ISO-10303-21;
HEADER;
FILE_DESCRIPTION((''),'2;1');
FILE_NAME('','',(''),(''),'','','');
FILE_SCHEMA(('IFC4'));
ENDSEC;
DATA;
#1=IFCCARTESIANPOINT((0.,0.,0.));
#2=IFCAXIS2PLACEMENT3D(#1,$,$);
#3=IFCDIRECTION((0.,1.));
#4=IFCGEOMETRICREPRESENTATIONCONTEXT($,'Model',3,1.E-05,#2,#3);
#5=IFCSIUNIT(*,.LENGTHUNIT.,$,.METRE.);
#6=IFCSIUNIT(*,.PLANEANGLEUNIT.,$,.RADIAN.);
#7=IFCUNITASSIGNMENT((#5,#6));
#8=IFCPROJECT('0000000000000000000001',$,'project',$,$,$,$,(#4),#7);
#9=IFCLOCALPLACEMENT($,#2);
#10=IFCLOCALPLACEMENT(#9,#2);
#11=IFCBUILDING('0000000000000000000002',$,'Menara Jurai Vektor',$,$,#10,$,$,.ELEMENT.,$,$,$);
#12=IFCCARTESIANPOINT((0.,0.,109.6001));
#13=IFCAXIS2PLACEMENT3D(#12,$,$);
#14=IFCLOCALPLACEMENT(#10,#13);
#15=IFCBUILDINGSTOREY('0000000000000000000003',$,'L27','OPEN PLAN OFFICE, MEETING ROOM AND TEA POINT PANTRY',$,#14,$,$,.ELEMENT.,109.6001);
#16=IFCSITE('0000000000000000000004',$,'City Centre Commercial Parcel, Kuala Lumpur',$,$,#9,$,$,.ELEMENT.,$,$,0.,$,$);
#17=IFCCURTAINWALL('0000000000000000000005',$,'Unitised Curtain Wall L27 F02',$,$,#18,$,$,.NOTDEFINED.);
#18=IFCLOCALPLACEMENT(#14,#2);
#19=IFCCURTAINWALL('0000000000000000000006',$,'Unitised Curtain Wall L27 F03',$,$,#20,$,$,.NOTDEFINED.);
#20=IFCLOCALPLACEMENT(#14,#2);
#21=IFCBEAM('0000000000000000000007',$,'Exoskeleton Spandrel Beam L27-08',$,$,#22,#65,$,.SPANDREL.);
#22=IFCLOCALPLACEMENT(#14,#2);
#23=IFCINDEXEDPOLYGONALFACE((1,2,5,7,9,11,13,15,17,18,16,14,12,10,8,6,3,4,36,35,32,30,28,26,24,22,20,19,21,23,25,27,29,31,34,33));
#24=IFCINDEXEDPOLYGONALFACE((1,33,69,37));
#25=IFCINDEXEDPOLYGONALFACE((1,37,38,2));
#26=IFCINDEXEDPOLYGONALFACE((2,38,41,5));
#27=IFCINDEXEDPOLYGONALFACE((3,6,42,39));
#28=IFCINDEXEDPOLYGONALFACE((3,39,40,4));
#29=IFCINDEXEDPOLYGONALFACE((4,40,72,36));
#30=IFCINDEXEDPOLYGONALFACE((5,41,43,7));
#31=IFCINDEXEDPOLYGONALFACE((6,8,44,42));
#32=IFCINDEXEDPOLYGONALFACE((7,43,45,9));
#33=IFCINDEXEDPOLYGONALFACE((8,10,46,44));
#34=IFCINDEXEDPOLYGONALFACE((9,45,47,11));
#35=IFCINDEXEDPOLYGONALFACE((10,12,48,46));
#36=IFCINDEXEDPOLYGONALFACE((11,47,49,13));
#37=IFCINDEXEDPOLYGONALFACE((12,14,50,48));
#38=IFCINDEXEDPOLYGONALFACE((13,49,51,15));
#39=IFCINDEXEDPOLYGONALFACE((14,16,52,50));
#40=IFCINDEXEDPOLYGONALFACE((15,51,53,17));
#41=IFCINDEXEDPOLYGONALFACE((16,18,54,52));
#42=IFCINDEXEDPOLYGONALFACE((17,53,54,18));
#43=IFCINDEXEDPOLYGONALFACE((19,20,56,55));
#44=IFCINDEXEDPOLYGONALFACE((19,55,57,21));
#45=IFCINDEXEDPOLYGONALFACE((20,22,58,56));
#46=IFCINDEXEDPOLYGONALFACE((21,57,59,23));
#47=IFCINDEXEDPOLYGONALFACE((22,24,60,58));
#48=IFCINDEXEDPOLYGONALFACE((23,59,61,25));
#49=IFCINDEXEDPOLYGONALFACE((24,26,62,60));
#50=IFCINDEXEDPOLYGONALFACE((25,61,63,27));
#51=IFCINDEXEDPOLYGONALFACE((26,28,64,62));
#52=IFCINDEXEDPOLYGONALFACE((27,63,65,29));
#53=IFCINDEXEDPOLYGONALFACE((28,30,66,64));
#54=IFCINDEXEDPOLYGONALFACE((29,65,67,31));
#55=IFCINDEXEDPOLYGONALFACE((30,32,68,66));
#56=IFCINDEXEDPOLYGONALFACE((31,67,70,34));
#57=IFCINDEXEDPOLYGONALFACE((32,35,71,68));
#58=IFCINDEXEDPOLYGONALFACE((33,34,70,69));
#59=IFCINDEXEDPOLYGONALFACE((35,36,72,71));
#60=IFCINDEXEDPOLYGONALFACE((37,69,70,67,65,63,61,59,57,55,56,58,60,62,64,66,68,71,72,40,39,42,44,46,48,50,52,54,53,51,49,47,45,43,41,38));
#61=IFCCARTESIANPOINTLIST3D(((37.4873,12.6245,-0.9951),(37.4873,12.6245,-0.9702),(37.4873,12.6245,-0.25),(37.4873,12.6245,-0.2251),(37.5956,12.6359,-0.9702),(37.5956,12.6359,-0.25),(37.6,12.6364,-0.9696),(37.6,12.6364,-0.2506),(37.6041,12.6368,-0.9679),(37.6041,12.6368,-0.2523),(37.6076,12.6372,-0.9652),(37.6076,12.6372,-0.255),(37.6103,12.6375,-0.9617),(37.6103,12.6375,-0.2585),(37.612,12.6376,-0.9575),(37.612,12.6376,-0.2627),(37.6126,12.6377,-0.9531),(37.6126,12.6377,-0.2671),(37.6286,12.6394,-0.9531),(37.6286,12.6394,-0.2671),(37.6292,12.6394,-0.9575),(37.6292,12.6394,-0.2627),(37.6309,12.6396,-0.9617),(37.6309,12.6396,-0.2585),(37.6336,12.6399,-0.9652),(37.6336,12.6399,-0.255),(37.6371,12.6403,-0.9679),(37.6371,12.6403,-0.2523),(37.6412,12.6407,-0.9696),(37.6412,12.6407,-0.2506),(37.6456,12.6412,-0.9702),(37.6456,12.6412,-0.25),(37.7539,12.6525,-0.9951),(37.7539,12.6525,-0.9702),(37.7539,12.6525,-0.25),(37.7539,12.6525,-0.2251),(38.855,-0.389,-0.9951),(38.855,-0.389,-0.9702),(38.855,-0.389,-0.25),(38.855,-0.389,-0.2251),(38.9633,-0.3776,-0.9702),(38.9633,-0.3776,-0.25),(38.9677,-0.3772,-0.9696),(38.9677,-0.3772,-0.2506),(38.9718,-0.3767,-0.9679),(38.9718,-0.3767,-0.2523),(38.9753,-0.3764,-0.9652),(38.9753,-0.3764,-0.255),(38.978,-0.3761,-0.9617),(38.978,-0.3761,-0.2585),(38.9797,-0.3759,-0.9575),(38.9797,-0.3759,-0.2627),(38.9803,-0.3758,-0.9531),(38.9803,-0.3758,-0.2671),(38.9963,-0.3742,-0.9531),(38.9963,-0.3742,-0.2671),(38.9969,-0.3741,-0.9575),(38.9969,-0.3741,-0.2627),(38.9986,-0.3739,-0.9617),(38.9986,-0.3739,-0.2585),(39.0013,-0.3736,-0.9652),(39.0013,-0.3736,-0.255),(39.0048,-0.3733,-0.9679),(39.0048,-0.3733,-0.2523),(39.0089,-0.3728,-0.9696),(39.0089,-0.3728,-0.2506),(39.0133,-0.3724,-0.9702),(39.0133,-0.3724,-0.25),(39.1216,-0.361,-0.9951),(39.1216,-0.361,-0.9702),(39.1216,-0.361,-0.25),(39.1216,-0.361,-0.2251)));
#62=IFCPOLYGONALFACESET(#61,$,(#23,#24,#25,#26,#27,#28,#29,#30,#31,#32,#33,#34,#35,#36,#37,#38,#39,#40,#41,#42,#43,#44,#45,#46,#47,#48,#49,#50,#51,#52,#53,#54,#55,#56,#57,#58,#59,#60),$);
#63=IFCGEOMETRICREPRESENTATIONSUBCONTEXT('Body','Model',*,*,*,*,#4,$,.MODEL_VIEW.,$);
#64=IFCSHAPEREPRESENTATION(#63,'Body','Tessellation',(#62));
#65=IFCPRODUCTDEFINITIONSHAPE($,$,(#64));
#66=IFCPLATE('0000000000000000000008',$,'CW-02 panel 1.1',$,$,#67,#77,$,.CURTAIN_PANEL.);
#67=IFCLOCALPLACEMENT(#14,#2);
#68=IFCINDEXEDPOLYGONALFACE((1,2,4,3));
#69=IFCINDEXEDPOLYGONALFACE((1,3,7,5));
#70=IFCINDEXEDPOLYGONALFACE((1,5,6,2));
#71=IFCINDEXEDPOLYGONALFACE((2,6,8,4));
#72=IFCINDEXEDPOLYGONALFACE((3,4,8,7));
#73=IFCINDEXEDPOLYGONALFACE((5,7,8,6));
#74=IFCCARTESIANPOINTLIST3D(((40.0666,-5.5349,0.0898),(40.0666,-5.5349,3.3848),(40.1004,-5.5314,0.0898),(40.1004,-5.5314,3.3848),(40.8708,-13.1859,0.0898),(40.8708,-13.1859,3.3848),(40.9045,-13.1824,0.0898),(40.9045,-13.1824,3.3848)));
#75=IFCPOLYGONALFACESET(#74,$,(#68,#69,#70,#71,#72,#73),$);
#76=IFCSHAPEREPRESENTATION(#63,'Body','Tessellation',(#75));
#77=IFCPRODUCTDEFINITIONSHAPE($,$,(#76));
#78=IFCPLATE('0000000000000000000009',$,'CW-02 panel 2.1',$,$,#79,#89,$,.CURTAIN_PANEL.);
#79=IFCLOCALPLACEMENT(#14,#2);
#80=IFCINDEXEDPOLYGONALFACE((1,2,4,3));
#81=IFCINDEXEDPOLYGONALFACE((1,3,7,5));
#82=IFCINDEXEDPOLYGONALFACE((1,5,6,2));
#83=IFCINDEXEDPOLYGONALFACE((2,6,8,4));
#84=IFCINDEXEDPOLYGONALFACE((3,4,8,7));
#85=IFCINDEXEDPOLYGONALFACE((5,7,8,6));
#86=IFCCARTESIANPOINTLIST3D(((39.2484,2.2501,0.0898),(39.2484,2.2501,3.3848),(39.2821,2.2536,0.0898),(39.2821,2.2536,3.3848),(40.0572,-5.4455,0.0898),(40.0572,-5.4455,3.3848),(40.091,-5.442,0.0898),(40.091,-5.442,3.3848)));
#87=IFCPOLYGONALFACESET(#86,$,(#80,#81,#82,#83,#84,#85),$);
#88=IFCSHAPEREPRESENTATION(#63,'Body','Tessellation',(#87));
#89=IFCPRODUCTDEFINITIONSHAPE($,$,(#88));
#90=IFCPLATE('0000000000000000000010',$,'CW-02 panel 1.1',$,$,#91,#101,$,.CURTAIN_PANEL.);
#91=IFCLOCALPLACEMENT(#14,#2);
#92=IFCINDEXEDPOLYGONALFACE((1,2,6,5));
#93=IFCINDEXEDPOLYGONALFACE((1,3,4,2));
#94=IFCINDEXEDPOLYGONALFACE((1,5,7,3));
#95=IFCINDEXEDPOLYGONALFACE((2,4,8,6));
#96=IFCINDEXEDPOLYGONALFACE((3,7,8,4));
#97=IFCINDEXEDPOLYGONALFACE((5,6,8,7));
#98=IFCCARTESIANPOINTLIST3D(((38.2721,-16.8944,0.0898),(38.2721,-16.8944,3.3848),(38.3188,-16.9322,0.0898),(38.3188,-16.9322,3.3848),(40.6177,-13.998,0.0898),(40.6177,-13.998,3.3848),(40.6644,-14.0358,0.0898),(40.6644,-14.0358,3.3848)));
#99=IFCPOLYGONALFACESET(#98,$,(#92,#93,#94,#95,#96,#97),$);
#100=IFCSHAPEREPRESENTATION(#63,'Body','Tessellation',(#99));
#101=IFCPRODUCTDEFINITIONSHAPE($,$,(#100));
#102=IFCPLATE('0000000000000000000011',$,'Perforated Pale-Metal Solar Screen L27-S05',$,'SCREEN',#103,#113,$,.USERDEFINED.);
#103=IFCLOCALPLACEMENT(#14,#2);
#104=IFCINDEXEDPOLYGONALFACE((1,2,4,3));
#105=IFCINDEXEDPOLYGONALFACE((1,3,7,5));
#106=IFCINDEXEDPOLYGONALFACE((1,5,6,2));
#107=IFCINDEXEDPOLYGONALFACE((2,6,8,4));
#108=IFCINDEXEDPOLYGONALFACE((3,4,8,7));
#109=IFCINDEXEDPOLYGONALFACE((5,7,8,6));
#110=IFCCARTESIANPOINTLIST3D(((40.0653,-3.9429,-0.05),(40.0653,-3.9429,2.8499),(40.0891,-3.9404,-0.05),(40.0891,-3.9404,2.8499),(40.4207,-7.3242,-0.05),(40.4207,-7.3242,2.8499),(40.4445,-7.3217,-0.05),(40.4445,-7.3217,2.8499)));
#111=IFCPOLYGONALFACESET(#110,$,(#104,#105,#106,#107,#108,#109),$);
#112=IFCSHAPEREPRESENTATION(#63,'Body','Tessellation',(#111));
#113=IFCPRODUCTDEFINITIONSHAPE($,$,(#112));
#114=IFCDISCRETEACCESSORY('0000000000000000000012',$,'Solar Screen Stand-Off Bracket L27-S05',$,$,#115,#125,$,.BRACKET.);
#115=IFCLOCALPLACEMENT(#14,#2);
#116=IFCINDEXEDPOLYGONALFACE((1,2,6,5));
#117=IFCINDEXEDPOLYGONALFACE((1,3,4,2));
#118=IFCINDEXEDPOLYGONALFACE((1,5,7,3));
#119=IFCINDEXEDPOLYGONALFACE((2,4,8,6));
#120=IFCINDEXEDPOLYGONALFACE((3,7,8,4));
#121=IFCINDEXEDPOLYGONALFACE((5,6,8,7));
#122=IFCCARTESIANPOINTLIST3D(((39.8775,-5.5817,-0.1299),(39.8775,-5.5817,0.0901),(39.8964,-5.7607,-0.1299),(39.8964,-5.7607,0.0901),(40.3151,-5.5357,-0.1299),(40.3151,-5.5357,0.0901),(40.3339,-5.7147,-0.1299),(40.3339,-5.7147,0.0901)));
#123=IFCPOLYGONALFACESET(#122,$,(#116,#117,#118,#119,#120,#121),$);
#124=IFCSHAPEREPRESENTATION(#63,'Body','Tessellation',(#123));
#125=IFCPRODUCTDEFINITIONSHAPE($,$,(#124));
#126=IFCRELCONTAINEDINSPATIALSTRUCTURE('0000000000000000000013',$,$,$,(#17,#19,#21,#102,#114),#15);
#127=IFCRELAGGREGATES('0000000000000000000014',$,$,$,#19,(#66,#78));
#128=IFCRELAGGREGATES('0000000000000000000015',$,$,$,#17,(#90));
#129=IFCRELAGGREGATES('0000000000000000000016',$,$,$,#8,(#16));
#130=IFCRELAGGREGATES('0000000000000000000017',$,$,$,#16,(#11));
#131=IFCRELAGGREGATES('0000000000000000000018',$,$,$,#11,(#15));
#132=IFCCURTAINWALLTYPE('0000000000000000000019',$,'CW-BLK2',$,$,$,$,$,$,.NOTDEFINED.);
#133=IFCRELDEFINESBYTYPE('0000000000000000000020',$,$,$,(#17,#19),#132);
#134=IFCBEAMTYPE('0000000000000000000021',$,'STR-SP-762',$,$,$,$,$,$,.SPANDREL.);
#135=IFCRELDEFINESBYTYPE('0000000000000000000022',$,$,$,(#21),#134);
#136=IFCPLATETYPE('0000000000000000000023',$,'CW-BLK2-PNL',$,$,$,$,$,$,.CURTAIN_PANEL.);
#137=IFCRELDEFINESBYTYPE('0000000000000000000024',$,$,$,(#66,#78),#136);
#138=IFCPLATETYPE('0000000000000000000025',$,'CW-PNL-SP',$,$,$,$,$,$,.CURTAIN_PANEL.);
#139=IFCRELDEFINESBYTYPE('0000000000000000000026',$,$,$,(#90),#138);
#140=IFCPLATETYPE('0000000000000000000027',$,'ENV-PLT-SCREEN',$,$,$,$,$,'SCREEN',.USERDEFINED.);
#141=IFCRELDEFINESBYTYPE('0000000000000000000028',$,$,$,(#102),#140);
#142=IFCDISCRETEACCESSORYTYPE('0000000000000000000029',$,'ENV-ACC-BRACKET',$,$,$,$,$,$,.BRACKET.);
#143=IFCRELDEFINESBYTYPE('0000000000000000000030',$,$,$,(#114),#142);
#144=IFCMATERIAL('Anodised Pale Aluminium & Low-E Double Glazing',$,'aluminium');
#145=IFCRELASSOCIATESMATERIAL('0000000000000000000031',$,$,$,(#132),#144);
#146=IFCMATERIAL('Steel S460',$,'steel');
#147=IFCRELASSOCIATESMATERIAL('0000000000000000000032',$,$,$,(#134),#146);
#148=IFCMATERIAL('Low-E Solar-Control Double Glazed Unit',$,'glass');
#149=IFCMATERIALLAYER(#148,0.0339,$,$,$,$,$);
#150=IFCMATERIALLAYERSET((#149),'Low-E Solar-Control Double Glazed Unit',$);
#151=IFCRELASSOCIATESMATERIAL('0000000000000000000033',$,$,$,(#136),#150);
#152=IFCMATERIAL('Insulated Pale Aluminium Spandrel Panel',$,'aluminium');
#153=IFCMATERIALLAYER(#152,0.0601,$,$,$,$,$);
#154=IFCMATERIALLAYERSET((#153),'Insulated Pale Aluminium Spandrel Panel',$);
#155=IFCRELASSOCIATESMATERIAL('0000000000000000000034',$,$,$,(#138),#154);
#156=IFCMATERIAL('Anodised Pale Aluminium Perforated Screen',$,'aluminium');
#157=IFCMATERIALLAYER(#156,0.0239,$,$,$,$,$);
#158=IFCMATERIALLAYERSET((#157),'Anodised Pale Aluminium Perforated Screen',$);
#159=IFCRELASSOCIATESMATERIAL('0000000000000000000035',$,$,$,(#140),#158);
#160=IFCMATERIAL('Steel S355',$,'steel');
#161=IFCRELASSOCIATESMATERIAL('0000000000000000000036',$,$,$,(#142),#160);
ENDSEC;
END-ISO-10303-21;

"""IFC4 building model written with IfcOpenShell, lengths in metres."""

from ifc_helpers import new_model, si_unit, direction, frame, origin, origin_2d, place, context, subcontext, project, spatial, rectangle, i_section, extrude, material, layer, layer_set, material_profile, profile_set, type_object, element, aggregate, save


model = new_model("IFC4")

# Units and contexts
model_context = context("Model", 3, precision=1e-05, world=origin(), true_north=direction((0.0, 1.0)))
body_context = subcontext(model_context, "Body", "Model", "MODEL_VIEW")
ifc_project = project(units=[si_unit("LENGTHUNIT", "METRE"), si_unit("PLANEANGLEUNIT", "RADIAN")], contexts=[model_context])

# Site, building, storey
site_placement = place(None, origin())
site = spatial("IfcSite", under=ifc_project, at=site_placement, Name="City Centre Commercial Parcel, Kuala Lumpur", CompositionType="ELEMENT", RefElevation=0.0)
building_placement = place(site_placement, origin())
building = spatial("IfcBuilding", under=site, at=building_placement, Name="Menara Jurai Vektor", CompositionType="ELEMENT")
storey_placement = place(building_placement, frame((0.0, 0.0, 109.6001)))
storey = spatial("IfcBuildingStorey", under=building, at=storey_placement, Name="L27", Description="OPEN PLAN OFFICE, MEETING ROOM AND TEA POINT PANTRY", CompositionType="ELEMENT", Elevation=109.6001)

# Shared definitions
ifc_material_1 = material(Name="Steel S460", Category="steel")

# Curtain wall
ifc_material_2 = material(Name="Anodised Pale Aluminium & Low-E Double Glazing", Category="aluminium")
curtain_wall_type = type_object("IfcCurtainWallType", Name="CW-BLK2", PredefinedType="NOTDEFINED", material=ifc_material_2)
curtain_wall_1_placement = place(storey_placement, origin())
curtain_wall_1 = element("IfcCurtainWall", 1, at=curtain_wall_1_placement, inside=storey, type_object=curtain_wall_type, Name="Unitised Curtain Wall L27 F02", PredefinedType="NOTDEFINED")

# Curtain wall
curtain_wall_2_placement = place(storey_placement, origin())
curtain_wall_2 = element("IfcCurtainWall", 2, at=curtain_wall_2_placement, inside=storey, type_object=curtain_wall_type, Name="Unitised Curtain Wall L27 F03", PredefinedType="NOTDEFINED")

# Beam
ifc_material_3 = material(Name="Steel S355", Category="steel")
ifc_material_profile_1 = material_profile(ifc_material_1, i_section(OverallWidth=0.2681, OverallDepth=0.77, WebThickness=0.0161, FlangeThickness=0.0249, FilletRadius=0.0171, at=origin_2d()), Name="UKB 762x267x197")
ifc_profile_set_1 = profile_set([ifc_material_profile_1], Name="Steel S460")
beam_type_1 = type_object("IfcBeamType", Name="STR-SP-762", PredefinedType="SPANDREL", material=ifc_profile_set_1)
beam_1_placement = place(storey_placement, frame((38.9883, -0.375, -0.6101), z_axis=(-0.104522, 0.994523, 0.0), x_axis=(-0.994523, -0.104522, 0.0)))
element("IfcBeam", 3, at=beam_1_placement, inside=storey, type_object=beam_type_1, Name="Exoskeleton Spandrel Beam L27-08", PredefinedType="SPANDREL", context=body_context, shape_type="SweptSolid", body=[
    extrude(i_section(OverallWidth=0.2681, OverallDepth=0.77, WebThickness=0.0161, FlangeThickness=0.0249, FilletRadius=0.0171, at=origin_2d()), origin(), (0.0, 0.0, 1.0), 13.0852),
])

# Plates
ifc_material_4 = material(Name="Low-E Solar-Control Double Glazed Unit", Category="glass")
ifc_layer_1 = layer(ifc_material_4, 0.0339)
ifc_layer_set_1 = layer_set([ifc_layer_1], Name="Low-E Solar-Control Double Glazed Unit")
plate_type_1 = type_object("IfcPlateType", Name="CW-BLK2-PNL", PredefinedType="CURTAIN_PANEL", material=ifc_layer_set_1)
plate_1_placement = place(storey_placement, frame((40.4856, -9.3586, 0.0898), z_axis=(0.0, 0.0, 1.0), x_axis=(-0.10453, 0.994522, 0.0)))
plate_1 = element("IfcPlate", 4, at=plate_1_placement, type_object=plate_type_1, Name="CW-02 panel 1.1", PredefinedType="CURTAIN_PANEL", context=body_context, shape_type="SweptSolid", body=[
    extrude(rectangle(XDim=7.6931, YDim=0.0339, at=origin_2d()), origin(), (0.0, 0.0, 1.0), 3.2949),
])
plate_2_placement = place(storey_placement, frame((39.6697, -1.5959, 0.0898), z_axis=(0.0, 0.0, 1.0), x_axis=(-0.10453, 0.994522, 0.0)))
plate_2 = element("IfcPlate", 5, at=plate_2_placement, type_object=plate_type_1, Name="CW-02 panel 2.1", PredefinedType="CURTAIN_PANEL", context=body_context, shape_type="SweptSolid", body=[
    extrude(rectangle(XDim=7.738, YDim=0.0339, at=origin_2d()), origin(), (0.0, 0.0, 1.0), 3.2949),
])
aggregate(curtain_wall_2, [plate_1, plate_2])
ifc_material_5 = material(Name="Insulated Pale Aluminium Spandrel Panel", Category="aluminium")
ifc_layer_2 = layer(ifc_material_5, 0.0601)
ifc_layer_set_2 = layer_set([ifc_layer_2], Name="Insulated Pale Aluminium Spandrel Panel")
plate_type_2 = type_object("IfcPlateType", Name="CW-PNL-SP", PredefinedType="CURTAIN_PANEL", material=ifc_layer_set_2)
plate_3_placement = place(storey_placement, frame((39.4683, -15.4651, 0.0898), z_axis=(0.0, 0.0, 1.0), x_axis=(0.629341, 0.777129, 0.0)))
plate_3 = element("IfcPlate", 6, at=plate_3_placement, type_object=plate_type_2, Name="CW-02 panel 1.1", PredefinedType="CURTAIN_PANEL", context=body_context, shape_type="SweptSolid", body=[
    extrude(rectangle(XDim=3.7271, YDim=0.0601, at=origin_2d()), origin(), (0.0, 0.0, 1.0), 3.2949),
])
aggregate(curtain_wall_1, [plate_3])
ifc_material_6 = material(Name="Anodised Pale Aluminium Perforated Screen", Category="aluminium")
ifc_layer_3 = layer(ifc_material_6, 0.0239)
ifc_layer_set_3 = layer_set([ifc_layer_3], Name="Anodised Pale Aluminium Perforated Screen")
plate_type_3 = type_object("IfcPlateType", Name="ENV-PLT-SCREEN", ElementType="SCREEN", PredefinedType="USERDEFINED", material=ifc_layer_set_3)
plate_4_placement = place(storey_placement, frame((40.2549, -5.6323, -0.05), z_axis=(0.0, 0.0, 1.0), x_axis=(-0.104528, 0.994522, 0.0)))
element("IfcPlate", 7, at=plate_4_placement, inside=storey, type_object=plate_type_3, Name="Perforated Pale-Metal Solar Screen L27-S05", ObjectType="SCREEN", PredefinedType="USERDEFINED", context=body_context, shape_type="SweptSolid", body=[
    extrude(rectangle(XDim=3.3999, YDim=0.0239, at=origin_2d()), origin(), (0.0, 0.0, 1.0), 2.8999),
])

# Discrete accessory
discrete_accessory_type = type_object("IfcDiscreteAccessoryType", Name="ENV-ACC-BRACKET", PredefinedType="BRACKET", material=ifc_material_3)
discrete_accessory_placement = place(storey_placement, frame((40.1057, -5.6482, -0.1299), z_axis=(0.0, 0.0, 1.0), x_axis=(-0.104528, 0.994522, 0.0)))
element("IfcDiscreteAccessory", 8, at=discrete_accessory_placement, inside=storey, type_object=discrete_accessory_type, Name="Solar Screen Stand-Off Bracket L27-S05", PredefinedType="BRACKET", context=body_context, shape_type="SweptSolid", body=[
    extrude(rectangle(XDim=0.1799, YDim=0.4399, at=origin_2d()), origin(), (0.0, 0.0, 1.0), 0.22),
])

save(model, "model.ifc")
